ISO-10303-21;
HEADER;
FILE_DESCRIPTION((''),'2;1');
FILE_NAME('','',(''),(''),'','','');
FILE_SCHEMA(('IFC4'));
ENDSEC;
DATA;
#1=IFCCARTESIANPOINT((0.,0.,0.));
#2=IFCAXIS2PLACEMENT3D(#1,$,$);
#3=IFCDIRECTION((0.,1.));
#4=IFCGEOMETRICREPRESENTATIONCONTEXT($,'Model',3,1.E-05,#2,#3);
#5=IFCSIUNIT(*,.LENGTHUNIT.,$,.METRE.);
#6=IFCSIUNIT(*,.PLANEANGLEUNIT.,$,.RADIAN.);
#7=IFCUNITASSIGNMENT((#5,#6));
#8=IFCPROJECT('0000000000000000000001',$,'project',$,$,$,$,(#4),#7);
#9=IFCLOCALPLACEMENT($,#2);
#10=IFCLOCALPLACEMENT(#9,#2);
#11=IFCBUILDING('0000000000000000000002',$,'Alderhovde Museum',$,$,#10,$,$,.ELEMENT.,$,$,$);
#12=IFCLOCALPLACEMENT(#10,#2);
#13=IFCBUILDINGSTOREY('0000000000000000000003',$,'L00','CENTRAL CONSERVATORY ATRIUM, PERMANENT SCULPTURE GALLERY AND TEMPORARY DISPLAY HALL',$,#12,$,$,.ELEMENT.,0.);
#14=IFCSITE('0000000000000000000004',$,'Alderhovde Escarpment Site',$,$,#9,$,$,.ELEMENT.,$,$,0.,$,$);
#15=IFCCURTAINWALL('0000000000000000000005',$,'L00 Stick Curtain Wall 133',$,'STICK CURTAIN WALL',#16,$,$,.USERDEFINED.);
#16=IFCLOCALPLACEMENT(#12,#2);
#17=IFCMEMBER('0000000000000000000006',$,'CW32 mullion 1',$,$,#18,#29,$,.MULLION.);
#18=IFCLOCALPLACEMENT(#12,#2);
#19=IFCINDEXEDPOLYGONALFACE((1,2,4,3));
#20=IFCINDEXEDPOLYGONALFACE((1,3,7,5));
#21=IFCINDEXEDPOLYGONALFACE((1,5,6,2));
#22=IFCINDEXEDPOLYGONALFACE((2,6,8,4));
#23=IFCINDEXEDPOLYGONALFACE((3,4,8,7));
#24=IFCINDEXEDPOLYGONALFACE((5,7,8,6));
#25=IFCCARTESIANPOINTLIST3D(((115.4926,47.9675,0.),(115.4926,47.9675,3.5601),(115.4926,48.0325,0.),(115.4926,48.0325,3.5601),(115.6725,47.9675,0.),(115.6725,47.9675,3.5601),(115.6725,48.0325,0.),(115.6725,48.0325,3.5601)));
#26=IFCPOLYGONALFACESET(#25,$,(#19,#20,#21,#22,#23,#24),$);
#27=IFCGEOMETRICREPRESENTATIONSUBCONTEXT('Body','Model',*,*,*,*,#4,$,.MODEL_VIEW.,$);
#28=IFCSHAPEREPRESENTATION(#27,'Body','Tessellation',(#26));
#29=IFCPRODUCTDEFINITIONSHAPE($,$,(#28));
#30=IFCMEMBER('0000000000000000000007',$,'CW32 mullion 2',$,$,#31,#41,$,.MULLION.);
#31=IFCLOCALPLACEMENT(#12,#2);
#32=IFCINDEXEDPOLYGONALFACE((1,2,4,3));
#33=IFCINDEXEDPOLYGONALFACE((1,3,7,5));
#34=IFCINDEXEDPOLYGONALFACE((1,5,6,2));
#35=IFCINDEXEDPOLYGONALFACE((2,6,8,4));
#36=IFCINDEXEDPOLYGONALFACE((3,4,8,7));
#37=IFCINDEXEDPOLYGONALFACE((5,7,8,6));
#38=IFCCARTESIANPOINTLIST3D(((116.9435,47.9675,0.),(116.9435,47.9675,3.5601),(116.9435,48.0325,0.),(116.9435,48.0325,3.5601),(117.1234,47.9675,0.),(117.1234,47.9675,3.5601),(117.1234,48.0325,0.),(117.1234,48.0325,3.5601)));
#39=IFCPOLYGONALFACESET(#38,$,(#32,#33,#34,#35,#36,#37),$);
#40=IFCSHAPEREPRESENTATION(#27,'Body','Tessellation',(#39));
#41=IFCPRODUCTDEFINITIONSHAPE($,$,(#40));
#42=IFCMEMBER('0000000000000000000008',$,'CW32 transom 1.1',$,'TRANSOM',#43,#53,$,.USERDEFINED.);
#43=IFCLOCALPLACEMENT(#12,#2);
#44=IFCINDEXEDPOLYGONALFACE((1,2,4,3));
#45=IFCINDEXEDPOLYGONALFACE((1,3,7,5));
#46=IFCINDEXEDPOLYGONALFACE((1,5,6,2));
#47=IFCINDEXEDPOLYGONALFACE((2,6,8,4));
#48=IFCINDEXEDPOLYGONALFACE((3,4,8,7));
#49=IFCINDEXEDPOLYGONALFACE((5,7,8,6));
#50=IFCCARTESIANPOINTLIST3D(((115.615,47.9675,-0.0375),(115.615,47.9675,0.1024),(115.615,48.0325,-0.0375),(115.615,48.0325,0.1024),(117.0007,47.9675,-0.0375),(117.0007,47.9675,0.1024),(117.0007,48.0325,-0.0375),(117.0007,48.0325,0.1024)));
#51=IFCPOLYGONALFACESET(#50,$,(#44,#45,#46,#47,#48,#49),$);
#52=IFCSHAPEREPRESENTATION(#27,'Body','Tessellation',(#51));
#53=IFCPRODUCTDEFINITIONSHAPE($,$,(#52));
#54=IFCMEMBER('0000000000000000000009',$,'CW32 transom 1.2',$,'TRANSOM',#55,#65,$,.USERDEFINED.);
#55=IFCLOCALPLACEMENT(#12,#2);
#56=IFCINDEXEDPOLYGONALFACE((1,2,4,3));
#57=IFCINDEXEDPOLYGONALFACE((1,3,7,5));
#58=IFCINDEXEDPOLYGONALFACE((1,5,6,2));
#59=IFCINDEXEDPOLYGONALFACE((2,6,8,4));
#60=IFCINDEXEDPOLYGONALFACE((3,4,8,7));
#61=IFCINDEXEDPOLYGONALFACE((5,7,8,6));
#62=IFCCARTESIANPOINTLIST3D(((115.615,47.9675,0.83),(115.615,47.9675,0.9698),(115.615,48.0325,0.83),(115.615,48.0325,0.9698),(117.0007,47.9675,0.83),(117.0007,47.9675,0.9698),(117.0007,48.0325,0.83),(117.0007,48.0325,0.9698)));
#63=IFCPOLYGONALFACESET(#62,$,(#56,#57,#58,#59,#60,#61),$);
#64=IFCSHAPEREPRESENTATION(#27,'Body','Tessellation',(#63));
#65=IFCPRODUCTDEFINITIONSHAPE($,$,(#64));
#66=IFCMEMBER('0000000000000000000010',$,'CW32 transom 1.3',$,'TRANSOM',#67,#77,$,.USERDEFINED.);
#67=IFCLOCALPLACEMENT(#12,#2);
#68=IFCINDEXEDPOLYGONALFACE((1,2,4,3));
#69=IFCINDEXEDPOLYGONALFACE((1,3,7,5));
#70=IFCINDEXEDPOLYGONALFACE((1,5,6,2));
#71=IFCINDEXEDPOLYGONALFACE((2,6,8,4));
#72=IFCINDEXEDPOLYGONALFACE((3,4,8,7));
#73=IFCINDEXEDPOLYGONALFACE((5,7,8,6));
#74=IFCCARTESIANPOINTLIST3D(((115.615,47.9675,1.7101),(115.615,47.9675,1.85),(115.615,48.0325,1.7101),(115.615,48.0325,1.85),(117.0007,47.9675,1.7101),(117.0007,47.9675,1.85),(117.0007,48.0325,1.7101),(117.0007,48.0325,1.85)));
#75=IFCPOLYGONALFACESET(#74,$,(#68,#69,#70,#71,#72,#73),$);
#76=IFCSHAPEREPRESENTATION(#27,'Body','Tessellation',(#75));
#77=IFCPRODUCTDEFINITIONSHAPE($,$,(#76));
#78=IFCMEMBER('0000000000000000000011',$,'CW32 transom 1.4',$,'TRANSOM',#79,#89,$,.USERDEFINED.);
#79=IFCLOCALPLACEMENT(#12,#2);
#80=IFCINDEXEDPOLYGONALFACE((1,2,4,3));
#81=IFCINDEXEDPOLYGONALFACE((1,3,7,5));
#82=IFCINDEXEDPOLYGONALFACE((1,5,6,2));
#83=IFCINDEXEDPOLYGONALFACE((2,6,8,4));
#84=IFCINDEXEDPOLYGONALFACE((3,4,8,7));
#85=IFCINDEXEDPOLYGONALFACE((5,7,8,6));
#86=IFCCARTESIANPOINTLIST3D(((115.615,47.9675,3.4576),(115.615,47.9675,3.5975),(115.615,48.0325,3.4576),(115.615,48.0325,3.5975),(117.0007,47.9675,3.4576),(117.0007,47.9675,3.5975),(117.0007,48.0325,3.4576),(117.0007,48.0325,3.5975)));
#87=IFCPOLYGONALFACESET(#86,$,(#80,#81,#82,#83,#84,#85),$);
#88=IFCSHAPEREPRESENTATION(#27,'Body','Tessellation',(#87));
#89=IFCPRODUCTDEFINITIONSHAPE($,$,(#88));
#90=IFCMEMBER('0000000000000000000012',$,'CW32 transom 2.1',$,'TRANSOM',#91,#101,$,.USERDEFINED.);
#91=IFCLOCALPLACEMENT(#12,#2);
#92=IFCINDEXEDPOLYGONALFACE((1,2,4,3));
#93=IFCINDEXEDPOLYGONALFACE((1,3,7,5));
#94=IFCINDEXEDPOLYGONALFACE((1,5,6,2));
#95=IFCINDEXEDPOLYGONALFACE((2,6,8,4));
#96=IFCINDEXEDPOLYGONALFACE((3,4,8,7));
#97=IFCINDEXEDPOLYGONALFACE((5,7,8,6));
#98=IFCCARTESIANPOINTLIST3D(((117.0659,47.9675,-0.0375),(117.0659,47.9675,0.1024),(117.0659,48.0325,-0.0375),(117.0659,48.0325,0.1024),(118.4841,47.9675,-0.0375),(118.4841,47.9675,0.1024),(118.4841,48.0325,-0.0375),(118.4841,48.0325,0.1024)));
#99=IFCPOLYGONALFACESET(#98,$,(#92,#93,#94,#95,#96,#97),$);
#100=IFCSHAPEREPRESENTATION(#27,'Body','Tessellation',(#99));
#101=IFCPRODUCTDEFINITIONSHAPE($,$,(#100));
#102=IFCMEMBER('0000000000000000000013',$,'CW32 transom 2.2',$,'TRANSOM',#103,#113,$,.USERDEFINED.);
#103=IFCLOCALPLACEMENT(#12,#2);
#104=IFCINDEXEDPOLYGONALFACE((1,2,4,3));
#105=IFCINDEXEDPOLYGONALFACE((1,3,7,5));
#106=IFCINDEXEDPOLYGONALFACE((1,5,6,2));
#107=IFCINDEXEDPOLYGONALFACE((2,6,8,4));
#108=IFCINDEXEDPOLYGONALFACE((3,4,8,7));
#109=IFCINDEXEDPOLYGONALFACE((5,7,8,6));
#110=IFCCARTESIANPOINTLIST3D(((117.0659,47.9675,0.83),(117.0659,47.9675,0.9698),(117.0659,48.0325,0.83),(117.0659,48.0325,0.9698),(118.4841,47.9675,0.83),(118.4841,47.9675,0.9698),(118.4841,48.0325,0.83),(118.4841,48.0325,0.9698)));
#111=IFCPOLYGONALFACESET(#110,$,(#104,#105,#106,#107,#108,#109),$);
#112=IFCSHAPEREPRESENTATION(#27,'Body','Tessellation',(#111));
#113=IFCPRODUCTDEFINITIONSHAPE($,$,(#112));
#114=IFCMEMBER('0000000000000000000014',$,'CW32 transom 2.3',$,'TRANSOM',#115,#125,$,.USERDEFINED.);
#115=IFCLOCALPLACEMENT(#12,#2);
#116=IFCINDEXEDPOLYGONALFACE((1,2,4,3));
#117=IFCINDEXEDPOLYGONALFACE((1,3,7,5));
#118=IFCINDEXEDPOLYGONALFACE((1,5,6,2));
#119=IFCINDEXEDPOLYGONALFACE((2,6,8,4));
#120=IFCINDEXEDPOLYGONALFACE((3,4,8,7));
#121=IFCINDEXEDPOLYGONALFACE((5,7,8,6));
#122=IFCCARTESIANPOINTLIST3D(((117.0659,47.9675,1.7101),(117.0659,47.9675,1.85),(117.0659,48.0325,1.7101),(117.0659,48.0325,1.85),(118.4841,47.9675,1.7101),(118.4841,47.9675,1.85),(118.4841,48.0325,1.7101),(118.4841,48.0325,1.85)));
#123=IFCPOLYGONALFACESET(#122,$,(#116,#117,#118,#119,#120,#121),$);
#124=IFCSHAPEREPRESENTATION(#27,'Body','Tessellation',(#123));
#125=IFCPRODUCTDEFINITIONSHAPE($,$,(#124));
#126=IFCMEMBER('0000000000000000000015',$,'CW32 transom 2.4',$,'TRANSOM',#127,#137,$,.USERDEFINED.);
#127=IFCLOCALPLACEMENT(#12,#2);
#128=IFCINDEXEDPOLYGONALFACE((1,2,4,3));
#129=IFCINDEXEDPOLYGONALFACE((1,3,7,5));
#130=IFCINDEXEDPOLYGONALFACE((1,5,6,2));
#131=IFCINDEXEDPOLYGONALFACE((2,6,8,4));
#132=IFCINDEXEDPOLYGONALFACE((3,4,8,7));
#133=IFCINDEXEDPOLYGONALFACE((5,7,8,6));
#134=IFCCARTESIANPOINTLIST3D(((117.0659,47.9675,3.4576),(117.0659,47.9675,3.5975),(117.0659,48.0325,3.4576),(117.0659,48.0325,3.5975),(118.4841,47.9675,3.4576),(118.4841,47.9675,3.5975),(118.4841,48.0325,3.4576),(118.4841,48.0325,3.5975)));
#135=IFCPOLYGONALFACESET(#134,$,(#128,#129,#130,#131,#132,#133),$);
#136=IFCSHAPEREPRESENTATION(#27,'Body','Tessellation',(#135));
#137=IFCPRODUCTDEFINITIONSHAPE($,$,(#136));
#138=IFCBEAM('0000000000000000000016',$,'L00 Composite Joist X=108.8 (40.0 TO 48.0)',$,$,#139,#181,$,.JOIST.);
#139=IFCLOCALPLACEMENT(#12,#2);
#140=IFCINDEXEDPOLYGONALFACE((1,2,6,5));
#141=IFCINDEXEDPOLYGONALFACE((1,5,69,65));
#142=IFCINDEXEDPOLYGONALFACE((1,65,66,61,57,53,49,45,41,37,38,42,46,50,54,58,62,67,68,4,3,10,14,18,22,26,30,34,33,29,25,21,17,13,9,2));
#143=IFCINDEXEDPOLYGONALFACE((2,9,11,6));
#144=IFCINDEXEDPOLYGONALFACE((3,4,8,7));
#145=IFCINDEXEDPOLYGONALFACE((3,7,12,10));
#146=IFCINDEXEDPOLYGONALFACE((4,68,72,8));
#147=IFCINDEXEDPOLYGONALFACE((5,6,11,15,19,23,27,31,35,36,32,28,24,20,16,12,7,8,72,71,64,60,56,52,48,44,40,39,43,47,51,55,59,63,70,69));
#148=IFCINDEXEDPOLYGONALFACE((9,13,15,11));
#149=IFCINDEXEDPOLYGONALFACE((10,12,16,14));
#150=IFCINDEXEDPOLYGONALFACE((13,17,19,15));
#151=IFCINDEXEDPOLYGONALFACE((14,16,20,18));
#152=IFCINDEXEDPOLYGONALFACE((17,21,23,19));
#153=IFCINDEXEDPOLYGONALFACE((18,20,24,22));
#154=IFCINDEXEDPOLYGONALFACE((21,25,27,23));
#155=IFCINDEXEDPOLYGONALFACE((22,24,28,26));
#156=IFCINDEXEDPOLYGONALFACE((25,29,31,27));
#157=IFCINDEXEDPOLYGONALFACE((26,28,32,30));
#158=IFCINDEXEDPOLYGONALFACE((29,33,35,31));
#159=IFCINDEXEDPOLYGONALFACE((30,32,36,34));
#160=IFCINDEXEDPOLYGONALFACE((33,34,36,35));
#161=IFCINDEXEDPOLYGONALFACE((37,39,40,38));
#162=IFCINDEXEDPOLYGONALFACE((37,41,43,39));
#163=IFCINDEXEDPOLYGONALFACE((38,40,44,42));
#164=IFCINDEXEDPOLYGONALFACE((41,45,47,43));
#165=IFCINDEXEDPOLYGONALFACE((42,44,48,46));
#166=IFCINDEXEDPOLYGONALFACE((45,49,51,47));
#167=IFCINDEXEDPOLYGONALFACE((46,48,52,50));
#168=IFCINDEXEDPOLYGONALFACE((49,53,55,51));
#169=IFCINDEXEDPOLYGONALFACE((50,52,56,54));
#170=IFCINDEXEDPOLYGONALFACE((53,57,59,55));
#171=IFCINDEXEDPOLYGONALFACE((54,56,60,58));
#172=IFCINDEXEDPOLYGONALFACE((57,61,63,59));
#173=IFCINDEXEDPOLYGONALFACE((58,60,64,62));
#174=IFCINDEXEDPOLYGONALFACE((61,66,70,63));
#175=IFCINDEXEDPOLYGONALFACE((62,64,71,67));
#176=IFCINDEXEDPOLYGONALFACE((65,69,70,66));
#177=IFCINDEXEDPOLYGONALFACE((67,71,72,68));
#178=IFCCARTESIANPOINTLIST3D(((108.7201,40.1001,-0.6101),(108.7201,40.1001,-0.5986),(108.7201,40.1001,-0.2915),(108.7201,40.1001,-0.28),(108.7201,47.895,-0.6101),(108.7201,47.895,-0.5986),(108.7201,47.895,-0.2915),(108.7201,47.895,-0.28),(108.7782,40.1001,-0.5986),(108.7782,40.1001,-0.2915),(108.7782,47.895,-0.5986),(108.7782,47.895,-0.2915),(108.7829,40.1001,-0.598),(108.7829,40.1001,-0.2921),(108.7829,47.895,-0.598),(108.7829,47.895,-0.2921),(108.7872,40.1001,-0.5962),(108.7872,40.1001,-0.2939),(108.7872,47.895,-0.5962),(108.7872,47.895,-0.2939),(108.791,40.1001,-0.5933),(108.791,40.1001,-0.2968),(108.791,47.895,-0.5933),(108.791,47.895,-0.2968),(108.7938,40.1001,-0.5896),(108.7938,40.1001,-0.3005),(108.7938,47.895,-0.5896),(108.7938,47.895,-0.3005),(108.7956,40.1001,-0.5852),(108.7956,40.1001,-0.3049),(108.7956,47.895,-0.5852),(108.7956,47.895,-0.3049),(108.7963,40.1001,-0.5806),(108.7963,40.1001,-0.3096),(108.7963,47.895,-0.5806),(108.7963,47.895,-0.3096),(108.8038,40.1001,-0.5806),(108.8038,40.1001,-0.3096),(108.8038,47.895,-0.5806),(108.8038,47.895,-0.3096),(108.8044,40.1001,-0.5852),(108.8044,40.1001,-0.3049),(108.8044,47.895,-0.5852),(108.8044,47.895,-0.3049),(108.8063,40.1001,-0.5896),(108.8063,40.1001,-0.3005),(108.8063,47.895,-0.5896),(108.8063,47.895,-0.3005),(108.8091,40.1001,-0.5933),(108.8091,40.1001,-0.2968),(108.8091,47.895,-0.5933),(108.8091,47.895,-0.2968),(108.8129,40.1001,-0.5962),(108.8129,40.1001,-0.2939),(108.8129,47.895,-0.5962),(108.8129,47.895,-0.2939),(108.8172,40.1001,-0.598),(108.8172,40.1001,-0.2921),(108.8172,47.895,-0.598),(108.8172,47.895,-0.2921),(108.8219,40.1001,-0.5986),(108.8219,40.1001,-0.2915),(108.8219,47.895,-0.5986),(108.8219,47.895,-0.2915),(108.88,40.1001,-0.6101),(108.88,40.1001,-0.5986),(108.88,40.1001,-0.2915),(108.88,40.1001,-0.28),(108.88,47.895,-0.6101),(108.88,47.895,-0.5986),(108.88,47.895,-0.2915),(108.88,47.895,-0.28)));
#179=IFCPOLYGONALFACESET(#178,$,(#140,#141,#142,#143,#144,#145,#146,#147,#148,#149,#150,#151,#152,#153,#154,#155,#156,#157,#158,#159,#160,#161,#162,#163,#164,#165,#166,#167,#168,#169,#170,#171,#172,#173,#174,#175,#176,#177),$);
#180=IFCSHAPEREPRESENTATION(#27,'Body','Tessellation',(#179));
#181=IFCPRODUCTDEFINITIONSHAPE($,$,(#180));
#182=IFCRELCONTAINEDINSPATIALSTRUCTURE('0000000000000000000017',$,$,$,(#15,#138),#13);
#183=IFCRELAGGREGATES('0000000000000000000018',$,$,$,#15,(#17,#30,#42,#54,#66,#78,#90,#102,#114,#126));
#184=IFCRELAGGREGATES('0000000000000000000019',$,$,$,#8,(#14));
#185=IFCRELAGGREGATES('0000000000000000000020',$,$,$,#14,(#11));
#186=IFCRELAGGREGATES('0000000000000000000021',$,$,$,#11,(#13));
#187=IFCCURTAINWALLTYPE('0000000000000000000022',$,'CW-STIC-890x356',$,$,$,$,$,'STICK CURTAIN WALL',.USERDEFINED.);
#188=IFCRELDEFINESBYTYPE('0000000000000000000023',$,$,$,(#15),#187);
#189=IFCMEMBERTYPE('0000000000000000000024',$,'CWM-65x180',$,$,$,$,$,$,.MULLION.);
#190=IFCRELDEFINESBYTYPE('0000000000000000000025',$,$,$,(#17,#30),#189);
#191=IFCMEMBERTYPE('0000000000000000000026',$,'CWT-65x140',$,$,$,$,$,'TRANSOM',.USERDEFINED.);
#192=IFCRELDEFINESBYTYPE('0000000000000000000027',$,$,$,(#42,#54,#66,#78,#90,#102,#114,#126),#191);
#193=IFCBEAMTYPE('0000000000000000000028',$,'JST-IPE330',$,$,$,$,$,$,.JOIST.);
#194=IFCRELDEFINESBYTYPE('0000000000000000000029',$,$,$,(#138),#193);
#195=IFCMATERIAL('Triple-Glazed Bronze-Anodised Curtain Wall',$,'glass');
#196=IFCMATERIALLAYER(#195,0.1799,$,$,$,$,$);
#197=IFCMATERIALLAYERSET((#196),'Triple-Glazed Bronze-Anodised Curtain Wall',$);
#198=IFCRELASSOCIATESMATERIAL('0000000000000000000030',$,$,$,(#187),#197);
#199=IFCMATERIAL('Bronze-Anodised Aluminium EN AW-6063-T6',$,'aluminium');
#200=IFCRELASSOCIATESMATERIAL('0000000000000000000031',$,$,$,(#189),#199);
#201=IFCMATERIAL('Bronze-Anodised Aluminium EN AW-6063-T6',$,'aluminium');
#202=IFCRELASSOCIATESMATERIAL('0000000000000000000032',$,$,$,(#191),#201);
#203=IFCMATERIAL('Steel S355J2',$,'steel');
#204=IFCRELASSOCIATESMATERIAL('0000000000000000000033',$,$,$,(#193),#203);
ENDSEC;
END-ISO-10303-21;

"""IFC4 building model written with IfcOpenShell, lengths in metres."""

from ifc_helpers import new_model, si_unit, direction, frame, origin, origin_2d, place, context, subcontext, project, spatial, rectangle, i_section, extrude, material, layer, layer_set, material_profile, profile_set, type_object, element, aggregate, save


model = new_model("IFC4")

# Units and contexts
model_context = context("Model", 3, precision=1e-05, world=origin(), true_north=direction((0.0, 1.0)))
body_context = subcontext(model_context, "Body", "Model", "MODEL_VIEW")
ifc_project = project(units=[si_unit("LENGTHUNIT", "METRE"), si_unit("PLANEANGLEUNIT", "RADIAN")], contexts=[model_context])

# Site, building, storey
site_placement = place(None, origin())
site = spatial("IfcSite", under=ifc_project, at=site_placement, Name="Alderhovde Escarpment Site", CompositionType="ELEMENT", RefElevation=0.0)
building_placement = place(site_placement, origin())
building = spatial("IfcBuilding", under=site, at=building_placement, Name="Alderhovde Museum", CompositionType="ELEMENT")
storey_placement = place(building_placement, origin())
storey = spatial("IfcBuildingStorey", under=building, at=storey_placement, Name="L00", Description="CENTRAL CONSERVATORY ATRIUM, PERMANENT SCULPTURE GALLERY AND TEMPORARY DISPLAY HALL", CompositionType="ELEMENT", Elevation=0.0)

# Curtain wall, members
ifc_material_1 = material(Name="Triple-Glazed Bronze-Anodised Curtain Wall", Category="glass")
ifc_layer_1 = layer(ifc_material_1, 0.1799)
ifc_layer_set_1 = layer_set([ifc_layer_1], Name="Triple-Glazed Bronze-Anodised Curtain Wall")
curtain_wall_type = type_object("IfcCurtainWallType", Name="CW-STIC-890x356", ElementType="STICK CURTAIN WALL", PredefinedType="USERDEFINED", material=ifc_layer_set_1)
curtain_wall_placement = place(storey_placement, origin())
curtain_wall = element("IfcCurtainWall", 1, at=curtain_wall_placement, inside=storey, type_object=curtain_wall_type, Name="L00 Stick Curtain Wall 133", ObjectType="STICK CURTAIN WALL", PredefinedType="USERDEFINED")
ifc_material_2 = material(Name="Bronze-Anodised Aluminium EN AW-6063-T6", Category="aluminium")
ifc_material_profile_1 = material_profile(ifc_material_2, rectangle(XDim=0.0649, YDim=0.1799, at=origin_2d()), Name="MULLION 65x180")
ifc_profile_set_1 = profile_set([ifc_material_profile_1], Name="Bronze-Anodised Aluminium EN AW-6063-T6")
member_type_1 = type_object("IfcMemberType", Name="CWM-65x180", PredefinedType="MULLION", material=ifc_profile_set_1)
member_1_placement = place(storey_placement, frame((115.5825, 48.0, 0.0), z_axis=(0.0, 0.0, 1.0), x_axis=(0.0, 1.0, 0.0)))
member_1 = element("IfcMember", 2, at=member_1_placement, type_object=member_type_1, Name="CW32 mullion 1", PredefinedType="MULLION", context=body_context, shape_type="SweptSolid", body=[
    extrude(rectangle(XDim=0.0649, YDim=0.1799, at=origin_2d()), origin(), (0.0, 0.0, 1.0), 3.5601),
])
member_2_placement = place(storey_placement, frame((117.0334, 48.0, 0.0), z_axis=(0.0, 0.0, 1.0), x_axis=(0.0, 1.0, 0.0)))
member_2 = element("IfcMember", 3, at=member_2_placement, type_object=member_type_1, Name="CW32 mullion 2", PredefinedType="MULLION", context=body_context, shape_type="SweptSolid", body=[
    extrude(rectangle(XDim=0.0649, YDim=0.1799, at=origin_2d()), origin(), (0.0, 0.0, 1.0), 3.5601),
])
ifc_material_3 = material(Name="Bronze-Anodised Aluminium EN AW-6063-T6", Category="aluminium")
ifc_material_profile_2 = material_profile(ifc_material_3, rectangle(XDim=0.0649, YDim=0.1399, at=origin_2d()), Name="TRANSOM 65x140")
ifc_profile_set_2 = profile_set([ifc_material_profile_2], Name="Bronze-Anodised Aluminium EN AW-6063-T6")
member_type_2 = type_object("IfcMemberType", Name="CWT-65x140", ElementType="TRANSOM", PredefinedType="USERDEFINED", material=ifc_profile_set_2)
member_3_placement = place(storey_placement, frame((115.615, 48.0, 0.0325), z_axis=(1.0, 0.0, 0.0), x_axis=(0.0, 1.0, 0.0)))
member_3 = element("IfcMember", 4, at=member_3_placement, type_object=member_type_2, Name="CW32 transom 1.1", ObjectType="TRANSOM", PredefinedType="USERDEFINED", context=body_context, shape_type="SweptSolid", body=[
    extrude(rectangle(XDim=0.0649, YDim=0.1399, at=origin_2d()), origin(), (0.0, 0.0, 1.0), 1.3857),
])
member_4_placement = place(storey_placement, frame((115.615, 48.0, 0.8999), z_axis=(1.0, 0.0, 0.0), x_axis=(0.0, 1.0, 0.0)))
member_4 = element("IfcMember", 5, at=member_4_placement, type_object=member_type_2, Name="CW32 transom 1.2", ObjectType="TRANSOM", PredefinedType="USERDEFINED", context=body_context, shape_type="SweptSolid", body=[
    extrude(rectangle(XDim=0.0649, YDim=0.1399, at=origin_2d()), origin(), (0.0, 0.0, 1.0), 1.3857),
])
member_5_placement = place(storey_placement, frame((115.615, 48.0, 1.78), z_axis=(1.0, 0.0, 0.0), x_axis=(0.0, 1.0, 0.0)))
member_5 = element("IfcMember", 6, at=member_5_placement, type_object=member_type_2, Name="CW32 transom 1.3", ObjectType="TRANSOM", PredefinedType="USERDEFINED", context=body_context, shape_type="SweptSolid", body=[
    extrude(rectangle(XDim=0.0649, YDim=0.1399, at=origin_2d()), origin(), (0.0, 0.0, 1.0), 1.3857),
])
member_6_placement = place(storey_placement, frame((115.615, 48.0, 3.5276), z_axis=(1.0, 0.0, 0.0), x_axis=(0.0, 1.0, 0.0)))
member_6 = element("IfcMember", 7, at=member_6_placement, type_object=member_type_2, Name="CW32 transom 1.4", ObjectType="TRANSOM", PredefinedType="USERDEFINED", context=body_context, shape_type="SweptSolid", body=[
    extrude(rectangle(XDim=0.0649, YDim=0.1399, at=origin_2d()), origin(), (0.0, 0.0, 1.0), 1.3857),
])
member_7_placement = place(storey_placement, frame((117.0659, 48.0, 0.0325), z_axis=(1.0, 0.0, 0.0), x_axis=(0.0, 1.0, 0.0)))
member_7 = element("IfcMember", 8, at=member_7_placement, type_object=member_type_2, Name="CW32 transom 2.1", ObjectType="TRANSOM", PredefinedType="USERDEFINED", context=body_context, shape_type="SweptSolid", body=[
    extrude(rectangle(XDim=0.0649, YDim=0.1399, at=origin_2d()), origin(), (0.0, 0.0, 1.0), 1.4182),
])
member_8_placement = place(storey_placement, frame((117.0659, 48.0, 0.8999), z_axis=(1.0, 0.0, 0.0), x_axis=(0.0, 1.0, 0.0)))
member_8 = element("IfcMember", 9, at=member_8_placement, type_object=member_type_2, Name="CW32 transom 2.2", ObjectType="TRANSOM", PredefinedType="USERDEFINED", context=body_context, shape_type="SweptSolid", body=[
    extrude(rectangle(XDim=0.0649, YDim=0.1399, at=origin_2d()), origin(), (0.0, 0.0, 1.0), 1.4182),
])
member_9_placement = place(storey_placement, frame((117.0659, 48.0, 1.78), z_axis=(1.0, 0.0, 0.0), x_axis=(0.0, 1.0, 0.0)))
member_9 = element("IfcMember", 10, at=member_9_placement, type_object=member_type_2, Name="CW32 transom 2.3", ObjectType="TRANSOM", PredefinedType="USERDEFINED", context=body_context, shape_type="SweptSolid", body=[
    extrude(rectangle(XDim=0.0649, YDim=0.1399, at=origin_2d()), origin(), (0.0, 0.0, 1.0), 1.4182),
])
member_10_placement = place(storey_placement, frame((117.0659, 48.0, 3.5276), z_axis=(1.0, 0.0, 0.0), x_axis=(0.0, 1.0, 0.0)))
member_10 = element("IfcMember", 11, at=member_10_placement, type_object=member_type_2, Name="CW32 transom 2.4", ObjectType="TRANSOM", PredefinedType="USERDEFINED", context=body_context, shape_type="SweptSolid", body=[
    extrude(rectangle(XDim=0.0649, YDim=0.1399, at=origin_2d()), origin(), (0.0, 0.0, 1.0), 1.4182),
])

# Beam
ifc_material_4 = material(Name="Steel S355J2", Category="steel")
ifc_material_profile_3 = material_profile(ifc_material_4, i_section(OverallWidth=0.1599, OverallDepth=0.3301, WebThickness=0.0076, FlangeThickness=0.0115, FilletRadius=0.0181, at=origin_2d()), Name="IPE 330")
ifc_profile_set_3 = profile_set([ifc_material_profile_3], Name="Steel S355J2")
beam_type_1 = type_object("IfcBeamType", Name="JST-IPE330", PredefinedType="JOIST", material=ifc_profile_set_3)
for number, where, z_axis, x_axis, name in (
    (12, (108.8, 40.1001, -0.4451), (0.0, 1.0, 0.0), (-1.0, 0.0, 0.0), "L00 Composite Joist X=108.8 (40.0 TO 48.0)"),
):
    element("IfcBeam", number, at=place(storey_placement, frame(where, z_axis=z_axis, x_axis=x_axis)), inside=storey, type_object=beam_type_1, Name=name, PredefinedType="JOIST", context=body_context, shape_type="SweptSolid", body=[
        extrude(i_section(OverallWidth=0.1599, OverallDepth=0.3301, WebThickness=0.0076, FlangeThickness=0.0115, FilletRadius=0.0181, at=origin_2d()), origin(), (0.0, 0.0, 1.0), 7.7949),
    ])

aggregate(curtain_wall, [member_1, member_2, member_3, member_4, member_5, member_6, member_7, member_8, member_9, member_10])

save(model, "model.ifc")
